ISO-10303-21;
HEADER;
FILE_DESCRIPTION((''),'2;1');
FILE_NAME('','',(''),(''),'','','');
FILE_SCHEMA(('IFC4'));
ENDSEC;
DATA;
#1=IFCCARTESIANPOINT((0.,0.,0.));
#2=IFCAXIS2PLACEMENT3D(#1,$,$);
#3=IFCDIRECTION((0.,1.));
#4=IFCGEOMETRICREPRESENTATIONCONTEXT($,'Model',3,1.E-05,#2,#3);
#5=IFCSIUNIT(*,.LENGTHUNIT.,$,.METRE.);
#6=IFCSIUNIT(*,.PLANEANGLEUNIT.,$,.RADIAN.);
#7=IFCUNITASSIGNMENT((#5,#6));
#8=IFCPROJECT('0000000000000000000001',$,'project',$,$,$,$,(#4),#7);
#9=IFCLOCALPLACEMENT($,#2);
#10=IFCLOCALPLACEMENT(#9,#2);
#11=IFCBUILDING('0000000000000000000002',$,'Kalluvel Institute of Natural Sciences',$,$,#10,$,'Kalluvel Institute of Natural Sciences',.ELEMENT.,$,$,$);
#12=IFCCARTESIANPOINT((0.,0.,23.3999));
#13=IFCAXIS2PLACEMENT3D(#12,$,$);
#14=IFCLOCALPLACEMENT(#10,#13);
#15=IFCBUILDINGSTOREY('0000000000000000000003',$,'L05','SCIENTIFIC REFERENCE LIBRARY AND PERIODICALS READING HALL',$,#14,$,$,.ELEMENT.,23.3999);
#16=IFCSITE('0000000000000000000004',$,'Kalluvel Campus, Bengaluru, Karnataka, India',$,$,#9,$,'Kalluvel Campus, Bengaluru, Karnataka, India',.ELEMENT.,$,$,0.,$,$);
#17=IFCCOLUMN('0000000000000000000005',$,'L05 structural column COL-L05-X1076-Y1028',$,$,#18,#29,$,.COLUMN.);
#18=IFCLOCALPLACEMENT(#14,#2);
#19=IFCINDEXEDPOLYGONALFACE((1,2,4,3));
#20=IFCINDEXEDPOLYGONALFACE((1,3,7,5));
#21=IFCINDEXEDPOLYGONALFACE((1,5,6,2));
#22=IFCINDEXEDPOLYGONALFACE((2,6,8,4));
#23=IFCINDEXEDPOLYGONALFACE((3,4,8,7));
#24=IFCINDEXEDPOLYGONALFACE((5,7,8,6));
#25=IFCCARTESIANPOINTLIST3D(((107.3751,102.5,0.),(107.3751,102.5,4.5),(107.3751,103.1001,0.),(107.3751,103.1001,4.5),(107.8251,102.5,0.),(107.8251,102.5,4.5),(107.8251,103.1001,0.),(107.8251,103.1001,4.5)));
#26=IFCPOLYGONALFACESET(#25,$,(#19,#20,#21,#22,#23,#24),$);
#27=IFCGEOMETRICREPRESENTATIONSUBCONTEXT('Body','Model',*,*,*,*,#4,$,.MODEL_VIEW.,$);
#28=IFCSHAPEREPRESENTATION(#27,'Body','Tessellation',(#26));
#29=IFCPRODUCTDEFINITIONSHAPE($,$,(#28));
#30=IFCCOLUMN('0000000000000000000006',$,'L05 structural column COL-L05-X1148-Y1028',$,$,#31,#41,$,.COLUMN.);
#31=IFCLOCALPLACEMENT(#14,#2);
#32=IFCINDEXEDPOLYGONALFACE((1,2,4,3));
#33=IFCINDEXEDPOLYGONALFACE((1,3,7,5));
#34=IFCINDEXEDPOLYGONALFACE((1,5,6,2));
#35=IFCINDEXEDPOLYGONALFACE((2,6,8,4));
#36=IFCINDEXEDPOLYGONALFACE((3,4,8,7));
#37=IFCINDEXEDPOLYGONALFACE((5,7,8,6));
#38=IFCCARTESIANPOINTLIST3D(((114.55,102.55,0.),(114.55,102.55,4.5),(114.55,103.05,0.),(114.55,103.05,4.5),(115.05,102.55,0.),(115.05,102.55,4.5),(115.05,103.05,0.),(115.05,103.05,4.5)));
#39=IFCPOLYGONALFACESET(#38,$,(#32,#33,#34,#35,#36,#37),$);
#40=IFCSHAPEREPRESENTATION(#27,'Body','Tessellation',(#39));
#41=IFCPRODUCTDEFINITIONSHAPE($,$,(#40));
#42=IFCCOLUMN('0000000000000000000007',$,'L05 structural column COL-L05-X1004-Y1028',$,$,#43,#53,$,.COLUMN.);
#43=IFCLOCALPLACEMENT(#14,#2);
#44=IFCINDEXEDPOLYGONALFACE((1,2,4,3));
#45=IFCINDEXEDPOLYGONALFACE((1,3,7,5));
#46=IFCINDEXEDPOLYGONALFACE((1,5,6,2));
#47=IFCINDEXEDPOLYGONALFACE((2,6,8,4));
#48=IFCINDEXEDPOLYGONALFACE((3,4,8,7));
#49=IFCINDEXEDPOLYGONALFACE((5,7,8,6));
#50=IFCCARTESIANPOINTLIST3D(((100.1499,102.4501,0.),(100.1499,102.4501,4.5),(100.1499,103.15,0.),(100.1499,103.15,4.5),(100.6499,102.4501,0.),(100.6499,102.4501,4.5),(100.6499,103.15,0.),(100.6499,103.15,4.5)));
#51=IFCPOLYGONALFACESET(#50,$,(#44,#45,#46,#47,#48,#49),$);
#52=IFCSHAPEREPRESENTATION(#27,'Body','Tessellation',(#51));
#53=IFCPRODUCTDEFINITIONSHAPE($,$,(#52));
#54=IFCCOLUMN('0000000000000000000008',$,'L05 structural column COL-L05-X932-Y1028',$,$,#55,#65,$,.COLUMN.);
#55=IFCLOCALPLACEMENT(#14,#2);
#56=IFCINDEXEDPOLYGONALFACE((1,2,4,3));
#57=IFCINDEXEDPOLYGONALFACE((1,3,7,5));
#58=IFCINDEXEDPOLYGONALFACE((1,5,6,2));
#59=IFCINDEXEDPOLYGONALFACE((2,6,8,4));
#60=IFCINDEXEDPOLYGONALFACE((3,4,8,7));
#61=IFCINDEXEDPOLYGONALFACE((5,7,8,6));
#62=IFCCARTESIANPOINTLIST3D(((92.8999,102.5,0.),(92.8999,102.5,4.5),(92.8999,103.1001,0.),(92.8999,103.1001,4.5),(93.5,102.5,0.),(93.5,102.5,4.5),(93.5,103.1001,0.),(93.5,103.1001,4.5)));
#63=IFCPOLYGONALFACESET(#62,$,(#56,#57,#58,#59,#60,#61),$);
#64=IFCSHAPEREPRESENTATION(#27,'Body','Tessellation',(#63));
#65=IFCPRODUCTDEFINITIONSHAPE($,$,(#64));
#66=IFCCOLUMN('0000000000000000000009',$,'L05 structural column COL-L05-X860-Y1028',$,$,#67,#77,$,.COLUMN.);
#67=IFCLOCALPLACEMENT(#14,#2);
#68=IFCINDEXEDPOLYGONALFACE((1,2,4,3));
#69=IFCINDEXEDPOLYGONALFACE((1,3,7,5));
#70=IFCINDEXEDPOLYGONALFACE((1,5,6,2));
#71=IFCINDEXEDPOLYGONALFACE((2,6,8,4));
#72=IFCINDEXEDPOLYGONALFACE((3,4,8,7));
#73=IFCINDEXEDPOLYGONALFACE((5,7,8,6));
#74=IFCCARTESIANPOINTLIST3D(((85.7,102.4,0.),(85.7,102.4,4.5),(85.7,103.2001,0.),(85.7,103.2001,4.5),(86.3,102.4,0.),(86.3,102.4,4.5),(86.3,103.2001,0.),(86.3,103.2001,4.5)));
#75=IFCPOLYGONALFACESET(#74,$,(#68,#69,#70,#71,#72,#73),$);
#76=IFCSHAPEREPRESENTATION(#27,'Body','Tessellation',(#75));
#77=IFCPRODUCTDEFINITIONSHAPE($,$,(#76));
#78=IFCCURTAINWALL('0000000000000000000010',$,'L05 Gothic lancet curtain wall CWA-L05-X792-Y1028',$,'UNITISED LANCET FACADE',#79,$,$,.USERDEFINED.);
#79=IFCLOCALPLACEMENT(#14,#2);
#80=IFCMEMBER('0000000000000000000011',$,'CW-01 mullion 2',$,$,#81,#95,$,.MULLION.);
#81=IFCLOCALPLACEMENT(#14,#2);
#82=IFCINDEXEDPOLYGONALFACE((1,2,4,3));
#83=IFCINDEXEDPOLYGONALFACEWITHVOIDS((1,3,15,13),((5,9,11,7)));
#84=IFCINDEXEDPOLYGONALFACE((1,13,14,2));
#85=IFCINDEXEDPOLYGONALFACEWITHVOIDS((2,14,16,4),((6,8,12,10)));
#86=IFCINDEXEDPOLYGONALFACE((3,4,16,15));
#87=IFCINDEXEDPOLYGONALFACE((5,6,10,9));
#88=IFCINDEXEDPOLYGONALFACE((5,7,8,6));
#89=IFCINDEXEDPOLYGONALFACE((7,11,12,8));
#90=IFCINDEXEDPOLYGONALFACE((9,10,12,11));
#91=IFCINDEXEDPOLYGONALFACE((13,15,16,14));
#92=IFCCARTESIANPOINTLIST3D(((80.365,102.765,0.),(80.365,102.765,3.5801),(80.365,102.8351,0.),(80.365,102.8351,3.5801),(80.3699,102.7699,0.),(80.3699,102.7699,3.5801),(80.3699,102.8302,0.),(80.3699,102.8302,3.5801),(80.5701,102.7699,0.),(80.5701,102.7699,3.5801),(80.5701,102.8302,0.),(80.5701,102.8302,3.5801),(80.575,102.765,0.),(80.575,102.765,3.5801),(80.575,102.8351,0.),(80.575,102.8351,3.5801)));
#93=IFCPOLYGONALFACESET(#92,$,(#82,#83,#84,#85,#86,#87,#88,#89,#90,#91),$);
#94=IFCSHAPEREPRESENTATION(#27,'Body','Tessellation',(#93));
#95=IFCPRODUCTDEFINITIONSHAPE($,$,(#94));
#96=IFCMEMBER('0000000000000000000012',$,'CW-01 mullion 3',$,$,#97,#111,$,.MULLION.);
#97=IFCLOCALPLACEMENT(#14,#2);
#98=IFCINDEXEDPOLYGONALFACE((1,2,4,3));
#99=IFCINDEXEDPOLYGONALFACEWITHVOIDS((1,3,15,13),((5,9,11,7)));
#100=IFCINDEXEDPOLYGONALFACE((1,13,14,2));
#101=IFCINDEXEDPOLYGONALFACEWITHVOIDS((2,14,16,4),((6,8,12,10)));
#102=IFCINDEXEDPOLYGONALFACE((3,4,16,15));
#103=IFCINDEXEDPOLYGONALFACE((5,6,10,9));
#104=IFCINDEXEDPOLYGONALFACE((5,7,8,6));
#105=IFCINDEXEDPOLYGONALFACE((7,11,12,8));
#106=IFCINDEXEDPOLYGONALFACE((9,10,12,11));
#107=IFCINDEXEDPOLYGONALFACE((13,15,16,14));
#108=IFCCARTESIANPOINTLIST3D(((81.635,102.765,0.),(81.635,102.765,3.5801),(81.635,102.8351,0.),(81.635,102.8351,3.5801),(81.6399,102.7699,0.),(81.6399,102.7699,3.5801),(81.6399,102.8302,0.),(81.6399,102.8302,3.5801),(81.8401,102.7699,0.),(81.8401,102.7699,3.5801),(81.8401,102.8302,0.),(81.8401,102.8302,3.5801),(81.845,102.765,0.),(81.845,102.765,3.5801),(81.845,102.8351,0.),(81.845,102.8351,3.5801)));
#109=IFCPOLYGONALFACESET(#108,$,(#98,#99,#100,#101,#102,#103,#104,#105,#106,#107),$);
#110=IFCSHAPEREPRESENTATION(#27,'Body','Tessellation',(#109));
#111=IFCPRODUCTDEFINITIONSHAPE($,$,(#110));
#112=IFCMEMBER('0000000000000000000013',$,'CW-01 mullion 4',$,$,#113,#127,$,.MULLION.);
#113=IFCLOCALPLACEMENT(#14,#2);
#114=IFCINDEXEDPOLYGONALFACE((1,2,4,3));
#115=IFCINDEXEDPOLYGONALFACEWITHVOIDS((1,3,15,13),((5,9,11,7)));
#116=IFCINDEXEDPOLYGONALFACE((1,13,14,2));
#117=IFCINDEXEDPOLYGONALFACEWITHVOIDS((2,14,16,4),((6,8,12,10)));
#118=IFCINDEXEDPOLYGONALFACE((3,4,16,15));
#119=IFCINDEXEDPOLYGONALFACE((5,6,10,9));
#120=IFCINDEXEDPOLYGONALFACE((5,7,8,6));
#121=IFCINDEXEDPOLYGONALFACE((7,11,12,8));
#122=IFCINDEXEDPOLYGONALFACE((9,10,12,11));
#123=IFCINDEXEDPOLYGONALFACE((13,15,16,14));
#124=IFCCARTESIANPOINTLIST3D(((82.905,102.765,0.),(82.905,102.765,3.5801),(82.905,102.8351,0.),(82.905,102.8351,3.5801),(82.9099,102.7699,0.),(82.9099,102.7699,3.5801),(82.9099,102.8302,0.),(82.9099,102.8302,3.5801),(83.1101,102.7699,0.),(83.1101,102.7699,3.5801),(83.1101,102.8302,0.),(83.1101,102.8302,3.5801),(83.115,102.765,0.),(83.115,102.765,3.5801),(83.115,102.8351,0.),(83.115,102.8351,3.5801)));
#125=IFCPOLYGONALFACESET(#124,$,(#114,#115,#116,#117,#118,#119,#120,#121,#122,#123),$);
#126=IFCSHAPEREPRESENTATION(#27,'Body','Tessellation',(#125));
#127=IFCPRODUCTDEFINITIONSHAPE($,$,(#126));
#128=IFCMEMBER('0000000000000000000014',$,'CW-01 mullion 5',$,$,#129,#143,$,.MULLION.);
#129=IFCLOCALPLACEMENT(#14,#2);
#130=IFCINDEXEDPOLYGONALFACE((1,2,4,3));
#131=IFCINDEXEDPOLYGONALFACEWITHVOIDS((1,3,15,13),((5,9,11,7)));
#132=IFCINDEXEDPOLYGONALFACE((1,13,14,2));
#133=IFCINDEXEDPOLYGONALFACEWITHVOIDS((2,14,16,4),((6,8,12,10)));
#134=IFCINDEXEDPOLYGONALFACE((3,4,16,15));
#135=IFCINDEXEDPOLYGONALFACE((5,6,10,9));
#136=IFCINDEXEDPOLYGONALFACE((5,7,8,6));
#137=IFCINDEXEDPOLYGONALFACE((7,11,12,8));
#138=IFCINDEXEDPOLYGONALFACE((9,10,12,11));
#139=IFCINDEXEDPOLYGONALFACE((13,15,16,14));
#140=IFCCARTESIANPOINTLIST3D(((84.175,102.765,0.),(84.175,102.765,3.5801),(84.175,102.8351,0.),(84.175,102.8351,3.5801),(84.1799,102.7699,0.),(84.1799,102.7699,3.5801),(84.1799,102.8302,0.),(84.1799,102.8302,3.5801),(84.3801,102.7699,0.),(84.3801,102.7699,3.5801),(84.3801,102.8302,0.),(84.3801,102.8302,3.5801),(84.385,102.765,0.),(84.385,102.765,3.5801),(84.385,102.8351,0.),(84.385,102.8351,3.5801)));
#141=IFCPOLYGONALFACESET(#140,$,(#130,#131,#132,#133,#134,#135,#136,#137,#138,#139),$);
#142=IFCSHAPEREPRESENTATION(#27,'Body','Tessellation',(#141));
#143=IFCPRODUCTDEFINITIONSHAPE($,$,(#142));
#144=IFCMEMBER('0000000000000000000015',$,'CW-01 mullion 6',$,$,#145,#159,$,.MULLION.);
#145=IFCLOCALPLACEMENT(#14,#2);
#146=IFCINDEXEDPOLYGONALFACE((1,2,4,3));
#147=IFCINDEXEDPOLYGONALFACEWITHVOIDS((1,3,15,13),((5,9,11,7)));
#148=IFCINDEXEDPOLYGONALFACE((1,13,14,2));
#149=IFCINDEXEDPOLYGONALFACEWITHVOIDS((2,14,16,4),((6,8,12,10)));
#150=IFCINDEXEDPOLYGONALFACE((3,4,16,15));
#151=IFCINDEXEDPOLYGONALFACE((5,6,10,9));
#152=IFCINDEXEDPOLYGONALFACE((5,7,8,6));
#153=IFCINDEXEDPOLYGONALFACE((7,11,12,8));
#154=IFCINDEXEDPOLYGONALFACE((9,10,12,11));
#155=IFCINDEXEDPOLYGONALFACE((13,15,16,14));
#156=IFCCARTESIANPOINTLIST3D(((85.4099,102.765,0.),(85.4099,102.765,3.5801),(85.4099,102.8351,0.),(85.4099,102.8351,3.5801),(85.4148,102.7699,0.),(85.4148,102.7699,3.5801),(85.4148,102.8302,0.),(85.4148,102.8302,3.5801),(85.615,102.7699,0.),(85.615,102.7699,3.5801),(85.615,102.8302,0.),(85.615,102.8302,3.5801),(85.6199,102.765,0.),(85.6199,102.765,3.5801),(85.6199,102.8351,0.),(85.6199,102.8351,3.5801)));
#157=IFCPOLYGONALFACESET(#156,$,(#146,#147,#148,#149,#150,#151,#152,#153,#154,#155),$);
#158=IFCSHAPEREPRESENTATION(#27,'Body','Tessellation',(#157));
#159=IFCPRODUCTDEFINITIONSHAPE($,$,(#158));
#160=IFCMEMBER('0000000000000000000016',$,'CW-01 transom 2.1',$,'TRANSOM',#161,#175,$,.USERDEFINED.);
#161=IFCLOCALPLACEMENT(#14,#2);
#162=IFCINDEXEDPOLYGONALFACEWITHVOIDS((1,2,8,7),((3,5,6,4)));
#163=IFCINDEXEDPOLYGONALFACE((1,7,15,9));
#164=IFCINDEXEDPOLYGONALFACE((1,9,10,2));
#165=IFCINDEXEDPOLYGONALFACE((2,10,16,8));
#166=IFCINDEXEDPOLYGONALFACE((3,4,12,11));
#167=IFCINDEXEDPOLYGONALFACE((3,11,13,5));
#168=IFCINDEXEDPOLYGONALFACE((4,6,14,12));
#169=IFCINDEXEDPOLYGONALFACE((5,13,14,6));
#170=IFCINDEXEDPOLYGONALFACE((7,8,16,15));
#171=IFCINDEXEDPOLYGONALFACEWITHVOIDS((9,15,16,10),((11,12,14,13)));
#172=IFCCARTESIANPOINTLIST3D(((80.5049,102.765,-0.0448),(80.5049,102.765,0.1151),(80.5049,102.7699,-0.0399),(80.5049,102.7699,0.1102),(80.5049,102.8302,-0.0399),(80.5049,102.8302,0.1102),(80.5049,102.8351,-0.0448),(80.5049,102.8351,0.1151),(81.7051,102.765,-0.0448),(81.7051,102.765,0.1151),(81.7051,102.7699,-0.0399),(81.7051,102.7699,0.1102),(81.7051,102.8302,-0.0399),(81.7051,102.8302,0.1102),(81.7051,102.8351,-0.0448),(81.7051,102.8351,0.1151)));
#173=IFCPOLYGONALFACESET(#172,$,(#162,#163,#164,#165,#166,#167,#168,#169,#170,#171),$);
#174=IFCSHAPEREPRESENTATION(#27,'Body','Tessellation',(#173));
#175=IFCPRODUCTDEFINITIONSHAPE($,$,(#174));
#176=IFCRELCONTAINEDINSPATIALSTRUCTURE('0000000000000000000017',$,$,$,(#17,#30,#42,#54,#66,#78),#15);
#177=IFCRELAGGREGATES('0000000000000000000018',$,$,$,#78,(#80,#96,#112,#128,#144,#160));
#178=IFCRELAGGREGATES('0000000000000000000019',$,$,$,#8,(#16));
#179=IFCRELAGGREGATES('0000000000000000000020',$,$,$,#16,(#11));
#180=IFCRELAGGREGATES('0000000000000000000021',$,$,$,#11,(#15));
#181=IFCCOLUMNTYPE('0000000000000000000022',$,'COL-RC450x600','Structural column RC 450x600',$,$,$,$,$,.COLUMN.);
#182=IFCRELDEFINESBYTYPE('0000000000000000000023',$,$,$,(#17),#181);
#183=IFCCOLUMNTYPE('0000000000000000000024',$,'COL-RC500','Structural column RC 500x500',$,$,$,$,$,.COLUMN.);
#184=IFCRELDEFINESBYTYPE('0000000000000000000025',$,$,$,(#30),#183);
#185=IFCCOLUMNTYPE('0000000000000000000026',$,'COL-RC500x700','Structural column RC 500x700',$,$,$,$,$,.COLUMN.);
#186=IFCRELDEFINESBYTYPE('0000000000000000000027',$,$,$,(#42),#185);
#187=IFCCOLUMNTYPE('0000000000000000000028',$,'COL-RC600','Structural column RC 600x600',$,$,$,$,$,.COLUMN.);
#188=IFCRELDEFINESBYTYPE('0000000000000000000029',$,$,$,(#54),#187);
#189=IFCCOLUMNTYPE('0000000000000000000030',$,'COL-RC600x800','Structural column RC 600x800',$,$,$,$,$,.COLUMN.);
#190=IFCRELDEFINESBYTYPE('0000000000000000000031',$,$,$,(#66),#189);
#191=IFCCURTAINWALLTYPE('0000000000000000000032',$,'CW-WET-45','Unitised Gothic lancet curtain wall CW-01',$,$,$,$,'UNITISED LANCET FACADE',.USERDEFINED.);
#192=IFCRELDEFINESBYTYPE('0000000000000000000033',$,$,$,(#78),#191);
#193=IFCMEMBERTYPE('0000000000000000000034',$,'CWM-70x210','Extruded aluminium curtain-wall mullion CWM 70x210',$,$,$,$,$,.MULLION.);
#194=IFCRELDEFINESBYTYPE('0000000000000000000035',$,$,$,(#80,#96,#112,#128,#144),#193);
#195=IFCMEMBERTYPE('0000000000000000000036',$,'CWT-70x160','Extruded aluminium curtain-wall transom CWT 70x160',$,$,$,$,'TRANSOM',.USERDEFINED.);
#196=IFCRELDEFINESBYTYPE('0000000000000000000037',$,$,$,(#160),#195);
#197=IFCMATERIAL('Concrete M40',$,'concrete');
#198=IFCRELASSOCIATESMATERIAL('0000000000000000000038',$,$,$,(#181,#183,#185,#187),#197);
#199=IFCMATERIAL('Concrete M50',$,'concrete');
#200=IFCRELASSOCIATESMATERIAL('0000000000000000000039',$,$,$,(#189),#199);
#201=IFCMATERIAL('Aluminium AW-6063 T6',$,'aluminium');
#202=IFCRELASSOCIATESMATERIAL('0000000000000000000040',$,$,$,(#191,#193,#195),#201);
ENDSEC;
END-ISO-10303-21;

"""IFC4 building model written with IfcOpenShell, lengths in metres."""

from ifc_helpers import new_model, si_unit, direction, frame, origin, origin_2d, place, context, subcontext, project, spatial, rectangle, hollow_rectangle, extrude, material, material_profile, profile_set, type_object, element, aggregate, save


model = new_model("IFC4")

# Units and contexts
model_context = context("Model", 3, precision=1e-05, world=origin(), true_north=direction((0.0, 1.0)))
body_context = subcontext(model_context, "Body", "Model", "MODEL_VIEW")
ifc_project = project(units=[si_unit("LENGTHUNIT", "METRE"), si_unit("PLANEANGLEUNIT", "RADIAN")], contexts=[model_context])

# Site, building, storey
site_placement = place(None, origin())
site = spatial("IfcSite", under=ifc_project, at=site_placement, Name="Kalluvel Campus, Bengaluru, Karnataka, India", LongName="Kalluvel Campus, Bengaluru, Karnataka, India", CompositionType="ELEMENT", RefElevation=0.0)
building_placement = place(site_placement, origin())
building = spatial("IfcBuilding", under=site, at=building_placement, Name="Kalluvel Institute of Natural Sciences", LongName="Kalluvel Institute of Natural Sciences", CompositionType="ELEMENT")
storey_placement = place(building_placement, frame((0.0, 0.0, 23.3999)))
storey = spatial("IfcBuildingStorey", under=building, at=storey_placement, Name="L05", Description="SCIENTIFIC REFERENCE LIBRARY AND PERIODICALS READING HALL", CompositionType="ELEMENT", Elevation=23.3999)

# Columns
ifc_material_1 = material(Name="Concrete M40", Category="concrete")
ifc_material_profile_1 = material_profile(ifc_material_1, rectangle(XDim=0.45, YDim=0.6001, at=origin_2d()), Name="RC 450x600")
ifc_profile_set_1 = profile_set([ifc_material_profile_1], Name="Concrete M40")
column_type_1 = type_object("IfcColumnType", Name="COL-RC450x600", Description="Structural column RC 450x600", PredefinedType="COLUMN", material=ifc_profile_set_1)
column_1_placement = place(storey_placement, frame((107.6001, 102.8, 0.0), z_axis=(0.0, 0.0, 1.0), x_axis=(1.0, 0.0, 0.0)))
element("IfcColumn", 1, at=column_1_placement, inside=storey, type_object=column_type_1, Name="L05 structural column COL-L05-X1076-Y1028", PredefinedType="COLUMN", context=body_context, shape_type="SweptSolid", body=[
    extrude(rectangle(XDim=0.45, YDim=0.6001, at=origin_2d()), origin(), (0.0, 0.0, 1.0), 4.5),
])
ifc_material_profile_2 = material_profile(ifc_material_1, rectangle(XDim=0.5, YDim=0.5, at=origin_2d()), Name="RC 500x500")
ifc_profile_set_2 = profile_set([ifc_material_profile_2], Name="Concrete M40")
column_type_2 = type_object("IfcColumnType", Name="COL-RC500", Description="Structural column RC 500x500", PredefinedType="COLUMN", material=ifc_profile_set_2)
column_2_placement = place(storey_placement, frame((114.8, 102.8, 0.0), z_axis=(0.0, 0.0, 1.0), x_axis=(1.0, 0.0, 0.0)))
element("IfcColumn", 2, at=column_2_placement, inside=storey, type_object=column_type_2, Name="L05 structural column COL-L05-X1148-Y1028", PredefinedType="COLUMN", context=body_context, shape_type="SweptSolid", body=[
    extrude(rectangle(XDim=0.5, YDim=0.5, at=origin_2d()), origin(), (0.0, 0.0, 1.0), 4.5),
])
ifc_material_profile_3 = material_profile(ifc_material_1, rectangle(XDim=0.5, YDim=0.7, at=origin_2d()), Name="RC 500x700")
ifc_profile_set_3 = profile_set([ifc_material_profile_3], Name="Concrete M40")
column_type_3 = type_object("IfcColumnType", Name="COL-RC500x700", Description="Structural column RC 500x700", PredefinedType="COLUMN", material=ifc_profile_set_3)
column_3_placement = place(storey_placement, frame((100.3999, 102.8, 0.0), z_axis=(0.0, 0.0, 1.0), x_axis=(1.0, 0.0, 0.0)))
element("IfcColumn", 3, at=column_3_placement, inside=storey, type_object=column_type_3, Name="L05 structural column COL-L05-X1004-Y1028", PredefinedType="COLUMN", context=body_context, shape_type="SweptSolid", body=[
    extrude(rectangle(XDim=0.5, YDim=0.7, at=origin_2d()), origin(), (0.0, 0.0, 1.0), 4.5),
])
ifc_material_profile_4 = material_profile(ifc_material_1, rectangle(XDim=0.6001, YDim=0.6001, at=origin_2d()), Name="RC 600x600")
ifc_profile_set_4 = profile_set([ifc_material_profile_4], Name="Concrete M40")
column_type_4 = type_object("IfcColumnType", Name="COL-RC600", Description="Structural column RC 600x600", PredefinedType="COLUMN", material=ifc_profile_set_4)
column_4_placement = place(storey_placement, frame((93.2, 102.8, 0.0), z_axis=(0.0, 0.0, 1.0), x_axis=(1.0, 0.0, 0.0)))
element("IfcColumn", 4, at=column_4_placement, inside=storey, type_object=column_type_4, Name="L05 structural column COL-L05-X932-Y1028", PredefinedType="COLUMN", context=body_context, shape_type="SweptSolid", body=[
    extrude(rectangle(XDim=0.6001, YDim=0.6001, at=origin_2d()), origin(), (0.0, 0.0, 1.0), 4.5),
])
ifc_material_2 = material(Name="Concrete M50", Category="concrete")
ifc_material_profile_5 = material_profile(ifc_material_2, rectangle(XDim=0.6001, YDim=0.8, at=origin_2d()), Name="RC 600x800")
ifc_profile_set_5 = profile_set([ifc_material_profile_5], Name="Concrete M50")
column_type_5 = type_object("IfcColumnType", Name="COL-RC600x800", Description="Structural column RC 600x800", PredefinedType="COLUMN", material=ifc_profile_set_5)
column_5_placement = place(storey_placement, frame((86.0, 102.8, 0.0), z_axis=(0.0, 0.0, 1.0), x_axis=(1.0, 0.0, 0.0)))
element("IfcColumn", 5, at=column_5_placement, inside=storey, type_object=column_type_5, Name="L05 structural column COL-L05-X860-Y1028", PredefinedType="COLUMN", context=body_context, shape_type="SweptSolid", body=[
    extrude(rectangle(XDim=0.6001, YDim=0.8, at=origin_2d()), origin(), (0.0, 0.0, 1.0), 4.5),
])

# Curtain wall, members
ifc_material_3 = material(Name="Aluminium AW-6063 T6", Category="aluminium")
curtain_wall_type = type_object("IfcCurtainWallType", Name="CW-WET-45", Description="Unitised Gothic lancet curtain wall CW-01", ElementType="UNITISED LANCET FACADE", PredefinedType="USERDEFINED", material=ifc_material_3)
curtain_wall_placement = place(storey_placement, origin())
curtain_wall = element("IfcCurtainWall", 6, at=curtain_wall_placement, inside=storey, type_object=curtain_wall_type, Name="L05 Gothic lancet curtain wall CWA-L05-X792-Y1028", ObjectType="UNITISED LANCET FACADE", PredefinedType="USERDEFINED")
ifc_material_profile_6 = material_profile(ifc_material_3, hollow_rectangle(XDim=0.0701, YDim=0.21, WallThickness=0.0049, at=origin_2d()), Name="CWM 70x210")
ifc_profile_set_6 = profile_set([ifc_material_profile_6], Name="Aluminium AW-6063 T6")
member_type_1 = type_object("IfcMemberType", Name="CWM-70x210", Description="Extruded aluminium curtain-wall mullion CWM 70x210", PredefinedType="MULLION", material=ifc_profile_set_6)
member_1_placement = place(storey_placement, frame((80.47, 102.8, 0.0), z_axis=(0.0, 0.0, 1.0), x_axis=(0.0, 1.0, 0.0)))
member_1 = element("IfcMember", 7, at=member_1_placement, type_object=member_type_1, Name="CW-01 mullion 2", PredefinedType="MULLION", context=body_context, shape_type="SweptSolid", body=[
    extrude(hollow_rectangle(XDim=0.0701, YDim=0.21, WallThickness=0.0049, at=origin_2d()), origin(), (0.0, 0.0, 1.0), 3.5801),
])
member_2_placement = place(storey_placement, frame((81.74, 102.8, 0.0), z_axis=(0.0, 0.0, 1.0), x_axis=(0.0, 1.0, 0.0)))
member_2 = element("IfcMember", 8, at=member_2_placement, type_object=member_type_1, Name="CW-01 mullion 3", PredefinedType="MULLION", context=body_context, shape_type="SweptSolid", body=[
    extrude(hollow_rectangle(XDim=0.0701, YDim=0.21, WallThickness=0.0049, at=origin_2d()), origin(), (0.0, 0.0, 1.0), 3.5801),
])
member_3_placement = place(storey_placement, frame((83.01, 102.8, 0.0), z_axis=(0.0, 0.0, 1.0), x_axis=(0.0, 1.0, 0.0)))
member_3 = element("IfcMember", 9, at=member_3_placement, type_object=member_type_1, Name="CW-01 mullion 4", PredefinedType="MULLION", context=body_context, shape_type="SweptSolid", body=[
    extrude(hollow_rectangle(XDim=0.0701, YDim=0.21, WallThickness=0.0049, at=origin_2d()), origin(), (0.0, 0.0, 1.0), 3.5801),
])
member_4_placement = place(storey_placement, frame((84.28, 102.8, 0.0), z_axis=(0.0, 0.0, 1.0), x_axis=(0.0, 1.0, 0.0)))
member_4 = element("IfcMember", 10, at=member_4_placement, type_object=member_type_1, Name="CW-01 mullion 5", PredefinedType="MULLION", context=body_context, shape_type="SweptSolid", body=[
    extrude(hollow_rectangle(XDim=0.0701, YDim=0.21, WallThickness=0.0049, at=origin_2d()), origin(), (0.0, 0.0, 1.0), 3.5801),
])
member_5_placement = place(storey_placement, frame((85.5149, 102.8, 0.0), z_axis=(0.0, 0.0, 1.0), x_axis=(0.0, 1.0, 0.0)))
member_5 = element("IfcMember", 11, at=member_5_placement, type_object=member_type_1, Name="CW-01 mullion 6", PredefinedType="MULLION", context=body_context, shape_type="SweptSolid", body=[
    extrude(hollow_rectangle(XDim=0.0701, YDim=0.21, WallThickness=0.0049, at=origin_2d()), origin(), (0.0, 0.0, 1.0), 3.5801),
])
ifc_material_profile_7 = material_profile(ifc_material_3, hollow_rectangle(XDim=0.0701, YDim=0.1599, WallThickness=0.0049, at=origin_2d()), Name="CWT 70x160")
ifc_profile_set_7 = profile_set([ifc_material_profile_7], Name="Aluminium AW-6063 T6")
member_type_2 = type_object("IfcMemberType", Name="CWT-70x160", Description="Extruded aluminium curtain-wall transom CWT 70x160", ElementType="TRANSOM", PredefinedType="USERDEFINED", material=ifc_profile_set_7)
member_6_placement = place(storey_placement, frame((80.5049, 102.8, 0.0352), z_axis=(1.0, 0.0, 0.0), x_axis=(0.0, 1.0, 0.0)))
member_6 = element("IfcMember", 12, at=member_6_placement, type_object=member_type_2, Name="CW-01 transom 2.1", ObjectType="TRANSOM", PredefinedType="USERDEFINED", context=body_context, shape_type="SweptSolid", body=[
    extrude(hollow_rectangle(XDim=0.0701, YDim=0.1599, WallThickness=0.0049, at=origin_2d()), origin(), (0.0, 0.0, 1.0), 1.2002),
])

aggregate(curtain_wall, [member_1, member_2, member_3, member_4, member_5, member_6])

save(model, "model.ifc")
